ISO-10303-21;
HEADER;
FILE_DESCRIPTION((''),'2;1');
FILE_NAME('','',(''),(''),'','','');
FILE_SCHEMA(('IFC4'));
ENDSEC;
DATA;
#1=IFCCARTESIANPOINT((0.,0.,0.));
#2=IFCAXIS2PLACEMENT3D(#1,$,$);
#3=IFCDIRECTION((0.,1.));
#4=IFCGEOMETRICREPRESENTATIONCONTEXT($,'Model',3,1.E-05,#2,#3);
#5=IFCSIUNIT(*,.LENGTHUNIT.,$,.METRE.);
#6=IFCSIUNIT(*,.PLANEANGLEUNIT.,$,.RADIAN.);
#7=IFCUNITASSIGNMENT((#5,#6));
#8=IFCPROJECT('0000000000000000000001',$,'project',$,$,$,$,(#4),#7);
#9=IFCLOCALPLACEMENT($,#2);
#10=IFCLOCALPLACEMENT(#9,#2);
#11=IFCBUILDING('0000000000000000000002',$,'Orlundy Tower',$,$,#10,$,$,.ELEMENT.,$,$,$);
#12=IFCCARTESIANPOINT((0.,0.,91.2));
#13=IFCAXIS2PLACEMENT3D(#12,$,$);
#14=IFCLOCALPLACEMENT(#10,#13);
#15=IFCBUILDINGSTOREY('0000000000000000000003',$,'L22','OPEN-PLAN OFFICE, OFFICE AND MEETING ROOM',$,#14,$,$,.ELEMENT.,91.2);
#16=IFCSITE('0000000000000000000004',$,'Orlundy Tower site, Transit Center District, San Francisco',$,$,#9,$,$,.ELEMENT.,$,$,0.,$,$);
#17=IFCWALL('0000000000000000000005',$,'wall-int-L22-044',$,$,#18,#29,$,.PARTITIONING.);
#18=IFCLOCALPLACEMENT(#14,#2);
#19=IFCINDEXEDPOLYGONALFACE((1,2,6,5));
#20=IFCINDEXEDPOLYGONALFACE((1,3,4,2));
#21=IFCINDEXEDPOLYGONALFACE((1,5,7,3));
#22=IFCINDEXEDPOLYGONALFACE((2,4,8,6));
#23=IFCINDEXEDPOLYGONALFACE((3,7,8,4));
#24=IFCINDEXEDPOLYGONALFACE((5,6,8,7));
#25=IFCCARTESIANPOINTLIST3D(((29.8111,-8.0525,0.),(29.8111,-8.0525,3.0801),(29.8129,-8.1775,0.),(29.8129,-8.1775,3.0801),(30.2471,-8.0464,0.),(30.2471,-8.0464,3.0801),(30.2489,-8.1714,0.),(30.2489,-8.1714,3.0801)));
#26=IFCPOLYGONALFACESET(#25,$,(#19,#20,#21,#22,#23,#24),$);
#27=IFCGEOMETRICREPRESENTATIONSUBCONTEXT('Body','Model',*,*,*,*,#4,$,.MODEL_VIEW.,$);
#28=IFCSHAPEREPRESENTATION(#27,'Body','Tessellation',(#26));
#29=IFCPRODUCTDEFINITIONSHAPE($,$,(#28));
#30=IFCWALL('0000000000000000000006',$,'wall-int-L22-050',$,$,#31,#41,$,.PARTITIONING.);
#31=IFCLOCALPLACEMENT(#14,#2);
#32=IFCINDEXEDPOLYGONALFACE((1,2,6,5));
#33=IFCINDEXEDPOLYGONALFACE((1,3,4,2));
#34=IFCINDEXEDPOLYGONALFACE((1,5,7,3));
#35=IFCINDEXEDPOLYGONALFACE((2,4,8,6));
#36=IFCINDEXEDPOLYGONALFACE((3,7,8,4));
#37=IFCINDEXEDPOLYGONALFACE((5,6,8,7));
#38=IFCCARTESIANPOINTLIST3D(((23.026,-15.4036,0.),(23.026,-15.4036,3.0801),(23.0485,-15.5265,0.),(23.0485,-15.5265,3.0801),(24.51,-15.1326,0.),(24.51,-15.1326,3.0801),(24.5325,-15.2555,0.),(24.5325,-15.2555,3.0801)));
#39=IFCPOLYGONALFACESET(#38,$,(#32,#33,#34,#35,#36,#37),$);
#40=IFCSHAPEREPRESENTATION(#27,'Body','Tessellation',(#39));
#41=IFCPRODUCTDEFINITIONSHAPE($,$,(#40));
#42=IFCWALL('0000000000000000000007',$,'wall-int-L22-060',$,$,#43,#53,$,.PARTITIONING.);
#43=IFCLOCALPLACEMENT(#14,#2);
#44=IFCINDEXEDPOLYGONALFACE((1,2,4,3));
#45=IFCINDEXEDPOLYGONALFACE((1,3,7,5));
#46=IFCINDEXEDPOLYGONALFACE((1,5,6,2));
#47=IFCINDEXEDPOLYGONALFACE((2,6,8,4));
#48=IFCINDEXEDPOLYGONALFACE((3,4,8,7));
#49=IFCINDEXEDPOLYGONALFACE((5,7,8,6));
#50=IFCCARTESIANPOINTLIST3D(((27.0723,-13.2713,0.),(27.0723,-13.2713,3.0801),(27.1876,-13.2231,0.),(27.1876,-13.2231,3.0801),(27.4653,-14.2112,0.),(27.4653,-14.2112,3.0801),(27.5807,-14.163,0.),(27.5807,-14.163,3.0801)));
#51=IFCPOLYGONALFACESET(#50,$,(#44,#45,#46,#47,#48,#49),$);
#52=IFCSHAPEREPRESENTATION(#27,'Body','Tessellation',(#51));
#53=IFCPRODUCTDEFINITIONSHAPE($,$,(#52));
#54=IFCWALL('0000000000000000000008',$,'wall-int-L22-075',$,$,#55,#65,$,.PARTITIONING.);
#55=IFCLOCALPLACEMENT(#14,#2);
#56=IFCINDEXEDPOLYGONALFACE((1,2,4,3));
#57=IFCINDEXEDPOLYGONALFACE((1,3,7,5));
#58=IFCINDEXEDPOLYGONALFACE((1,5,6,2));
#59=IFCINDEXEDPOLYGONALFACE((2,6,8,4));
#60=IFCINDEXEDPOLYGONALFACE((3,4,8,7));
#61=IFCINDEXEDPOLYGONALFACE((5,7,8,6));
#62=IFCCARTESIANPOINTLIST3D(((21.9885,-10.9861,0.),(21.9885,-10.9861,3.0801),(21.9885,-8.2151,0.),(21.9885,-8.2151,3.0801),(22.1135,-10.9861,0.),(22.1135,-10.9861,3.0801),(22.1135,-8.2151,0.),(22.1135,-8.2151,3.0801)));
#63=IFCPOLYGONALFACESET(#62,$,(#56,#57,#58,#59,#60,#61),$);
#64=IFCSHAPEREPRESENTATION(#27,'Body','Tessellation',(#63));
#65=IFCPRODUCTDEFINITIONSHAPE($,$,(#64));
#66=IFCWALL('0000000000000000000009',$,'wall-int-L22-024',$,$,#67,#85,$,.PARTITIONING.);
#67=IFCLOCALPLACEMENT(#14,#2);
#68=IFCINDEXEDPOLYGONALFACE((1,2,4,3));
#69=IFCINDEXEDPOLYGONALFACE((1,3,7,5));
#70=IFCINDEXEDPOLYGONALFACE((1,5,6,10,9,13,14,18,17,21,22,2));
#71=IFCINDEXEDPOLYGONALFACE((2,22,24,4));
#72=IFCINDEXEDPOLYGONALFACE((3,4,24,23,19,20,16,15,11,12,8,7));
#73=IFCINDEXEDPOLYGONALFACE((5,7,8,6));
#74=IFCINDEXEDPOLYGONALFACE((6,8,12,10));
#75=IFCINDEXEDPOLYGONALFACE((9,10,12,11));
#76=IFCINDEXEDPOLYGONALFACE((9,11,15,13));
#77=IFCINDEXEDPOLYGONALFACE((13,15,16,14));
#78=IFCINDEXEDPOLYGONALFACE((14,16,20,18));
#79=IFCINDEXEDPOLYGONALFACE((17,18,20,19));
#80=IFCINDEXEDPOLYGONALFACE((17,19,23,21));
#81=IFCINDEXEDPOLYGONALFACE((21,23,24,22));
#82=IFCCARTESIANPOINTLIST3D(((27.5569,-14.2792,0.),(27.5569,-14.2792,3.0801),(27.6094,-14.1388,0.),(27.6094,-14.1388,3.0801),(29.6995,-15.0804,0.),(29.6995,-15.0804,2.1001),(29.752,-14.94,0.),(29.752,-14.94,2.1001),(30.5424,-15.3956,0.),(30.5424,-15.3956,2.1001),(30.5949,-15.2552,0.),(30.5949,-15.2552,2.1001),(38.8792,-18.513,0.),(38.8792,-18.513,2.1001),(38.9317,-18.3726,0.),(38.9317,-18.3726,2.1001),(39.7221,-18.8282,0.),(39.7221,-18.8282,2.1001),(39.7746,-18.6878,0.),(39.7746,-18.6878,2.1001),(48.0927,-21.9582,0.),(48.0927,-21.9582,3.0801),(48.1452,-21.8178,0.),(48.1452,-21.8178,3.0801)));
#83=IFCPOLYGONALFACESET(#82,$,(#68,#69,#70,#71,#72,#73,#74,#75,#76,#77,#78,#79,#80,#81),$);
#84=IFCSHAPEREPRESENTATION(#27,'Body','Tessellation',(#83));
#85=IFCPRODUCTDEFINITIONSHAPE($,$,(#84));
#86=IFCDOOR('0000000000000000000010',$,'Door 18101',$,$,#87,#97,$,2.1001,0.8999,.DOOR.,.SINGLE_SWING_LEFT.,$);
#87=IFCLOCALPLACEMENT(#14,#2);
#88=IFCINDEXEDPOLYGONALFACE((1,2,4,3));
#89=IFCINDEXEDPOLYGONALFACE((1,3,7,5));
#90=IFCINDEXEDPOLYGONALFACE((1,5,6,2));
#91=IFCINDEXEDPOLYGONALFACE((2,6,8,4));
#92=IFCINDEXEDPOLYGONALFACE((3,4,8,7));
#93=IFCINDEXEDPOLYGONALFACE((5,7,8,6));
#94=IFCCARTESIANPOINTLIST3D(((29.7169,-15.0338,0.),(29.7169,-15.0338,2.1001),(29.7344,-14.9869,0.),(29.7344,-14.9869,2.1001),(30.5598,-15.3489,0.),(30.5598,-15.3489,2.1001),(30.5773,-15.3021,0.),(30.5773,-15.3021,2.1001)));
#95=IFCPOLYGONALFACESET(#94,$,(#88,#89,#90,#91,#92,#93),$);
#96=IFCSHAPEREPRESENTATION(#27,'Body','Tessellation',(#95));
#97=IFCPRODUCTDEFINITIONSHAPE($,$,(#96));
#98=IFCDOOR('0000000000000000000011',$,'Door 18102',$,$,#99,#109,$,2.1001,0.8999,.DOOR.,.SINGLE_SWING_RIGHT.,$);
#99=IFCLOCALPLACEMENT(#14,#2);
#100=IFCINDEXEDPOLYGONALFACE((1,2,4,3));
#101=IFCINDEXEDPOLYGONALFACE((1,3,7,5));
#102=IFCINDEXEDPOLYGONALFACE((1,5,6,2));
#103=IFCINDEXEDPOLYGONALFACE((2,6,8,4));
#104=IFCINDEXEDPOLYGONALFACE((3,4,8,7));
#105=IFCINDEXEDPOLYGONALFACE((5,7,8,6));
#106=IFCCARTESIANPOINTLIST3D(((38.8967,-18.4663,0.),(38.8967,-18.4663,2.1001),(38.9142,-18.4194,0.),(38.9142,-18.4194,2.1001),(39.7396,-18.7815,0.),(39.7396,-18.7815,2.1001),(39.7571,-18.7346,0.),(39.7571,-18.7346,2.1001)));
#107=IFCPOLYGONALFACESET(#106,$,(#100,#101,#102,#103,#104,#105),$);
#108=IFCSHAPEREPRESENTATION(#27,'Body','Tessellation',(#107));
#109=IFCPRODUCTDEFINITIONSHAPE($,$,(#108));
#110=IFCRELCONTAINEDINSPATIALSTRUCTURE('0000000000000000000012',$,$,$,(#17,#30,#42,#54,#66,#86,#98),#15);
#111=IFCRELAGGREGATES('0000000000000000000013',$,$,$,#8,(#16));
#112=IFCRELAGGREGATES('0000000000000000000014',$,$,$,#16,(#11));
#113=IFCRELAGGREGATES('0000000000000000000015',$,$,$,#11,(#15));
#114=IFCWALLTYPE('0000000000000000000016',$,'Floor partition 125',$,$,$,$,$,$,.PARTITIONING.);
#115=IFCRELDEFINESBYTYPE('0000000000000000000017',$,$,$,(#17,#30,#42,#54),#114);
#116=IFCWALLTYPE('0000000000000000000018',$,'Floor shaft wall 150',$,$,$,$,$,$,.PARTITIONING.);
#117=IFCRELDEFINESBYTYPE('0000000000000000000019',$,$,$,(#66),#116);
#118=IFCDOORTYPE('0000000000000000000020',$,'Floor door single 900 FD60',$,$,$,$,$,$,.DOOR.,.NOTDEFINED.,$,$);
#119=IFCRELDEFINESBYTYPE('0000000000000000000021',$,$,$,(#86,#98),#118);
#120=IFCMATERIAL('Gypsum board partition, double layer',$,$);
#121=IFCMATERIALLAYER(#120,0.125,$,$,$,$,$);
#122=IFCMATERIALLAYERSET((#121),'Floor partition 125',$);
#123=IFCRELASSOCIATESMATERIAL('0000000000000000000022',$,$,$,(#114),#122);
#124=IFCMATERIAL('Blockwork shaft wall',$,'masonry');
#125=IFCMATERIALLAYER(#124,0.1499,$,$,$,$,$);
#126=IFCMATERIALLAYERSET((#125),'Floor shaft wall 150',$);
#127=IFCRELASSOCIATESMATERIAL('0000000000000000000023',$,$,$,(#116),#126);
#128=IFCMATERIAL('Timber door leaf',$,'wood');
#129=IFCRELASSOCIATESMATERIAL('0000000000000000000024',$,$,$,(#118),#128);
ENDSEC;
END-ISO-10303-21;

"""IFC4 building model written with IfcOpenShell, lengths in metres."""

from ifc_helpers import new_model, si_unit, direction, frame, frame_2d, origin, place, context, subcontext, project, spatial, rectangle, extrude, material, layer, layer_set, type_object, element, fill, save


model = new_model("IFC4")

# Units and contexts
model_context = context("Model", 3, precision=1e-05, world=origin(), true_north=direction((0.0, 1.0)))
body_context = subcontext(model_context, "Body", "Model", "MODEL_VIEW")
ifc_project = project(units=[si_unit("LENGTHUNIT", "METRE"), si_unit("PLANEANGLEUNIT", "RADIAN")], contexts=[model_context])

# Site, building, storey
site_placement = place(None, origin())
site = spatial("IfcSite", under=ifc_project, at=site_placement, Name="Orlundy Tower site, Transit Center District, San Francisco", CompositionType="ELEMENT", RefElevation=0.0)
building_placement = place(site_placement, origin())
building = spatial("IfcBuilding", under=site, at=building_placement, Name="Orlundy Tower", CompositionType="ELEMENT")
storey_placement = place(building_placement, frame((0.0, 0.0, 91.2)))
storey = spatial("IfcBuildingStorey", under=building, at=storey_placement, Name="L22", Description="OPEN-PLAN OFFICE, OFFICE AND MEETING ROOM", CompositionType="ELEMENT", Elevation=91.2)

# Shared definitions
ifc_material_1 = material(Name="Gypsum board partition, double layer")
ifc_layer_1 = layer(ifc_material_1, 0.125)
ifc_layer_set_1 = layer_set([ifc_layer_1], Name="Floor partition 125")
wall_type_1 = type_object("IfcWallType", Name="Floor partition 125", PredefinedType="PARTITIONING", material=ifc_layer_set_1)

# Walls
wall_1_placement = place(storey_placement, frame((29.812, -8.115, 0.0), z_axis=(0.0, 0.0, 1.0), x_axis=(0.999902, 0.013996, 0.0)))
element("IfcWall", 1, at=wall_1_placement, inside=storey, type_object=wall_type_1, Name="wall-int-L22-044", PredefinedType="PARTITIONING", context=body_context, shape_type="SweptSolid", body=[
    extrude(rectangle(XDim=0.436, YDim=0.125, at=frame_2d((0.218, 0.0))), origin(), (0.0, 0.0, 1.0), 3.0801),
])
wall_2_placement = place(storey_placement, frame((23.0371, -15.4651, 0.0), z_axis=(0.0, 0.0, 1.0), x_axis=(0.98373, 0.179654, 0.0)))
element("IfcWall", 2, at=wall_2_placement, inside=storey, type_object=wall_type_1, Name="wall-int-L22-050", PredefinedType="PARTITIONING", context=body_context, shape_type="SweptSolid", body=[
    extrude(rectangle(XDim=1.5085, YDim=0.125, at=frame_2d((0.7544, 0.0))), origin(), (0.0, 0.0, 1.0), 3.0801),
])
wall_3_placement = place(storey_placement, frame((27.5229, -14.187, 0.0), z_axis=(0.0, 0.0, 1.0), x_axis=(-0.385806, 0.92258, 0.0)))
element("IfcWall", 3, at=wall_3_placement, inside=storey, type_object=wall_type_1, Name="wall-int-L22-060", PredefinedType="PARTITIONING", context=body_context, shape_type="SweptSolid", body=[
    extrude(rectangle(XDim=1.0188, YDim=0.125, at=frame_2d((0.5093, 0.0))), origin(), (0.0, 0.0, 1.0), 3.0801),
])
wall_4_placement = place(storey_placement, frame((22.051, -10.9861, 0.0), z_axis=(0.0, 0.0, 1.0), x_axis=(0.0, 1.0, 0.0)))
element("IfcWall", 4, at=wall_4_placement, inside=storey, type_object=wall_type_1, Name="wall-int-L22-075", PredefinedType="PARTITIONING", context=body_context, shape_type="SweptSolid", body=[
    extrude(rectangle(XDim=2.771, YDim=0.125, at=frame_2d((1.3855, 0.0))), origin(), (0.0, 0.0, 1.0), 3.0801),
])

# Wall, openings, doors
ifc_material_2 = material(Name="Blockwork shaft wall", Category="masonry")
ifc_layer_2 = layer(ifc_material_2, 0.1499)
ifc_layer_set_2 = layer_set([ifc_layer_2], Name="Floor shaft wall 150")
wall_type_2 = type_object("IfcWallType", Name="Floor shaft wall 150", PredefinedType="PARTITIONING", material=ifc_layer_set_2)
wall_5_placement = place(storey_placement, frame((27.583, -14.209, 0.0), z_axis=(0.0, 0.0, 1.0), x_axis=(0.936659, -0.350243, 0.0)))
wall_5 = element("IfcWall", 5, at=wall_5_placement, inside=storey, type_object=wall_type_2, Name="wall-int-L22-024", PredefinedType="PARTITIONING", context=body_context, shape_type="SweptSolid", body=[
    extrude(rectangle(XDim=21.9246, YDim=0.1499, at=frame_2d((10.9624, 0.0))), origin(), (0.0, 0.0, 1.0), 3.0801),
])
opening_1_placement = place(wall_5_placement, frame((2.2876, 0.0, 0.0)))
opening_1 = element("IfcOpeningElement", 6, at=opening_1_placement, cuts=wall_5, PredefinedType="OPENING", context=body_context, shape_type="SweptSolid", body=[
    extrude(rectangle(XDim=0.8999, YDim=2.1001, at=frame_2d((0.45, 1.05))), frame((0.0, 0.085, 0.0), z_axis=(0.0, -1.0, 0.0), x_axis=(1.0, 0.0, 0.0)), (0.0, 0.0, 1.0), 0.1699),
])
opening_2_placement = place(wall_5_placement, frame((12.0881, 0.0, 0.0)))
opening_2 = element("IfcOpeningElement", 7, at=opening_2_placement, cuts=wall_5, PredefinedType="OPENING", context=body_context, shape_type="SweptSolid", body=[
    extrude(rectangle(XDim=0.8999, YDim=2.1001, at=frame_2d((0.45, 1.05))), frame((0.0, 0.085, 0.0), z_axis=(0.0, -1.0, 0.0), x_axis=(1.0, 0.0, 0.0)), (0.0, 0.0, 1.0), 0.1699),
])
ifc_material_3 = material(Name="Timber door leaf", Category="wood")
door_type_1 = type_object("IfcDoorType", Name="Floor door single 900 FD60", OperationType="NOTDEFINED", PredefinedType="DOOR", material=ifc_material_3)
door_1_placement = place(opening_1_placement, origin())
door_1 = element("IfcDoor", 8, at=door_1_placement, inside=storey, type_object=door_type_1, Name="Door 18101", OperationType="SINGLE_SWING_LEFT", OverallHeight=2.1001, OverallWidth=0.8999, PredefinedType="DOOR", context=body_context, shape_type="SweptSolid", body=[
    extrude(rectangle(XDim=0.8999, YDim=2.1001, at=frame_2d((0.45, 1.05))), frame((0.0, 0.0249, 0.0), z_axis=(0.0, -1.0, 0.0), x_axis=(1.0, 0.0, 0.0)), (0.0, 0.0, 1.0), 0.05),
])
fill(opening_1, door_1)
door_2_placement = place(opening_2_placement, origin())
door_2 = element("IfcDoor", 9, at=door_2_placement, inside=storey, type_object=door_type_1, Name="Door 18102", OperationType="SINGLE_SWING_RIGHT", OverallHeight=2.1001, OverallWidth=0.8999, PredefinedType="DOOR", context=body_context, shape_type="SweptSolid", body=[
    extrude(rectangle(XDim=0.8999, YDim=2.1001, at=frame_2d((0.45, 1.05))), frame((0.0, 0.0249, 0.0), z_axis=(0.0, -1.0, 0.0), x_axis=(1.0, 0.0, 0.0)), (0.0, 0.0, 1.0), 0.05),
])
fill(opening_2, door_2)

save(model, "model.ifc")
